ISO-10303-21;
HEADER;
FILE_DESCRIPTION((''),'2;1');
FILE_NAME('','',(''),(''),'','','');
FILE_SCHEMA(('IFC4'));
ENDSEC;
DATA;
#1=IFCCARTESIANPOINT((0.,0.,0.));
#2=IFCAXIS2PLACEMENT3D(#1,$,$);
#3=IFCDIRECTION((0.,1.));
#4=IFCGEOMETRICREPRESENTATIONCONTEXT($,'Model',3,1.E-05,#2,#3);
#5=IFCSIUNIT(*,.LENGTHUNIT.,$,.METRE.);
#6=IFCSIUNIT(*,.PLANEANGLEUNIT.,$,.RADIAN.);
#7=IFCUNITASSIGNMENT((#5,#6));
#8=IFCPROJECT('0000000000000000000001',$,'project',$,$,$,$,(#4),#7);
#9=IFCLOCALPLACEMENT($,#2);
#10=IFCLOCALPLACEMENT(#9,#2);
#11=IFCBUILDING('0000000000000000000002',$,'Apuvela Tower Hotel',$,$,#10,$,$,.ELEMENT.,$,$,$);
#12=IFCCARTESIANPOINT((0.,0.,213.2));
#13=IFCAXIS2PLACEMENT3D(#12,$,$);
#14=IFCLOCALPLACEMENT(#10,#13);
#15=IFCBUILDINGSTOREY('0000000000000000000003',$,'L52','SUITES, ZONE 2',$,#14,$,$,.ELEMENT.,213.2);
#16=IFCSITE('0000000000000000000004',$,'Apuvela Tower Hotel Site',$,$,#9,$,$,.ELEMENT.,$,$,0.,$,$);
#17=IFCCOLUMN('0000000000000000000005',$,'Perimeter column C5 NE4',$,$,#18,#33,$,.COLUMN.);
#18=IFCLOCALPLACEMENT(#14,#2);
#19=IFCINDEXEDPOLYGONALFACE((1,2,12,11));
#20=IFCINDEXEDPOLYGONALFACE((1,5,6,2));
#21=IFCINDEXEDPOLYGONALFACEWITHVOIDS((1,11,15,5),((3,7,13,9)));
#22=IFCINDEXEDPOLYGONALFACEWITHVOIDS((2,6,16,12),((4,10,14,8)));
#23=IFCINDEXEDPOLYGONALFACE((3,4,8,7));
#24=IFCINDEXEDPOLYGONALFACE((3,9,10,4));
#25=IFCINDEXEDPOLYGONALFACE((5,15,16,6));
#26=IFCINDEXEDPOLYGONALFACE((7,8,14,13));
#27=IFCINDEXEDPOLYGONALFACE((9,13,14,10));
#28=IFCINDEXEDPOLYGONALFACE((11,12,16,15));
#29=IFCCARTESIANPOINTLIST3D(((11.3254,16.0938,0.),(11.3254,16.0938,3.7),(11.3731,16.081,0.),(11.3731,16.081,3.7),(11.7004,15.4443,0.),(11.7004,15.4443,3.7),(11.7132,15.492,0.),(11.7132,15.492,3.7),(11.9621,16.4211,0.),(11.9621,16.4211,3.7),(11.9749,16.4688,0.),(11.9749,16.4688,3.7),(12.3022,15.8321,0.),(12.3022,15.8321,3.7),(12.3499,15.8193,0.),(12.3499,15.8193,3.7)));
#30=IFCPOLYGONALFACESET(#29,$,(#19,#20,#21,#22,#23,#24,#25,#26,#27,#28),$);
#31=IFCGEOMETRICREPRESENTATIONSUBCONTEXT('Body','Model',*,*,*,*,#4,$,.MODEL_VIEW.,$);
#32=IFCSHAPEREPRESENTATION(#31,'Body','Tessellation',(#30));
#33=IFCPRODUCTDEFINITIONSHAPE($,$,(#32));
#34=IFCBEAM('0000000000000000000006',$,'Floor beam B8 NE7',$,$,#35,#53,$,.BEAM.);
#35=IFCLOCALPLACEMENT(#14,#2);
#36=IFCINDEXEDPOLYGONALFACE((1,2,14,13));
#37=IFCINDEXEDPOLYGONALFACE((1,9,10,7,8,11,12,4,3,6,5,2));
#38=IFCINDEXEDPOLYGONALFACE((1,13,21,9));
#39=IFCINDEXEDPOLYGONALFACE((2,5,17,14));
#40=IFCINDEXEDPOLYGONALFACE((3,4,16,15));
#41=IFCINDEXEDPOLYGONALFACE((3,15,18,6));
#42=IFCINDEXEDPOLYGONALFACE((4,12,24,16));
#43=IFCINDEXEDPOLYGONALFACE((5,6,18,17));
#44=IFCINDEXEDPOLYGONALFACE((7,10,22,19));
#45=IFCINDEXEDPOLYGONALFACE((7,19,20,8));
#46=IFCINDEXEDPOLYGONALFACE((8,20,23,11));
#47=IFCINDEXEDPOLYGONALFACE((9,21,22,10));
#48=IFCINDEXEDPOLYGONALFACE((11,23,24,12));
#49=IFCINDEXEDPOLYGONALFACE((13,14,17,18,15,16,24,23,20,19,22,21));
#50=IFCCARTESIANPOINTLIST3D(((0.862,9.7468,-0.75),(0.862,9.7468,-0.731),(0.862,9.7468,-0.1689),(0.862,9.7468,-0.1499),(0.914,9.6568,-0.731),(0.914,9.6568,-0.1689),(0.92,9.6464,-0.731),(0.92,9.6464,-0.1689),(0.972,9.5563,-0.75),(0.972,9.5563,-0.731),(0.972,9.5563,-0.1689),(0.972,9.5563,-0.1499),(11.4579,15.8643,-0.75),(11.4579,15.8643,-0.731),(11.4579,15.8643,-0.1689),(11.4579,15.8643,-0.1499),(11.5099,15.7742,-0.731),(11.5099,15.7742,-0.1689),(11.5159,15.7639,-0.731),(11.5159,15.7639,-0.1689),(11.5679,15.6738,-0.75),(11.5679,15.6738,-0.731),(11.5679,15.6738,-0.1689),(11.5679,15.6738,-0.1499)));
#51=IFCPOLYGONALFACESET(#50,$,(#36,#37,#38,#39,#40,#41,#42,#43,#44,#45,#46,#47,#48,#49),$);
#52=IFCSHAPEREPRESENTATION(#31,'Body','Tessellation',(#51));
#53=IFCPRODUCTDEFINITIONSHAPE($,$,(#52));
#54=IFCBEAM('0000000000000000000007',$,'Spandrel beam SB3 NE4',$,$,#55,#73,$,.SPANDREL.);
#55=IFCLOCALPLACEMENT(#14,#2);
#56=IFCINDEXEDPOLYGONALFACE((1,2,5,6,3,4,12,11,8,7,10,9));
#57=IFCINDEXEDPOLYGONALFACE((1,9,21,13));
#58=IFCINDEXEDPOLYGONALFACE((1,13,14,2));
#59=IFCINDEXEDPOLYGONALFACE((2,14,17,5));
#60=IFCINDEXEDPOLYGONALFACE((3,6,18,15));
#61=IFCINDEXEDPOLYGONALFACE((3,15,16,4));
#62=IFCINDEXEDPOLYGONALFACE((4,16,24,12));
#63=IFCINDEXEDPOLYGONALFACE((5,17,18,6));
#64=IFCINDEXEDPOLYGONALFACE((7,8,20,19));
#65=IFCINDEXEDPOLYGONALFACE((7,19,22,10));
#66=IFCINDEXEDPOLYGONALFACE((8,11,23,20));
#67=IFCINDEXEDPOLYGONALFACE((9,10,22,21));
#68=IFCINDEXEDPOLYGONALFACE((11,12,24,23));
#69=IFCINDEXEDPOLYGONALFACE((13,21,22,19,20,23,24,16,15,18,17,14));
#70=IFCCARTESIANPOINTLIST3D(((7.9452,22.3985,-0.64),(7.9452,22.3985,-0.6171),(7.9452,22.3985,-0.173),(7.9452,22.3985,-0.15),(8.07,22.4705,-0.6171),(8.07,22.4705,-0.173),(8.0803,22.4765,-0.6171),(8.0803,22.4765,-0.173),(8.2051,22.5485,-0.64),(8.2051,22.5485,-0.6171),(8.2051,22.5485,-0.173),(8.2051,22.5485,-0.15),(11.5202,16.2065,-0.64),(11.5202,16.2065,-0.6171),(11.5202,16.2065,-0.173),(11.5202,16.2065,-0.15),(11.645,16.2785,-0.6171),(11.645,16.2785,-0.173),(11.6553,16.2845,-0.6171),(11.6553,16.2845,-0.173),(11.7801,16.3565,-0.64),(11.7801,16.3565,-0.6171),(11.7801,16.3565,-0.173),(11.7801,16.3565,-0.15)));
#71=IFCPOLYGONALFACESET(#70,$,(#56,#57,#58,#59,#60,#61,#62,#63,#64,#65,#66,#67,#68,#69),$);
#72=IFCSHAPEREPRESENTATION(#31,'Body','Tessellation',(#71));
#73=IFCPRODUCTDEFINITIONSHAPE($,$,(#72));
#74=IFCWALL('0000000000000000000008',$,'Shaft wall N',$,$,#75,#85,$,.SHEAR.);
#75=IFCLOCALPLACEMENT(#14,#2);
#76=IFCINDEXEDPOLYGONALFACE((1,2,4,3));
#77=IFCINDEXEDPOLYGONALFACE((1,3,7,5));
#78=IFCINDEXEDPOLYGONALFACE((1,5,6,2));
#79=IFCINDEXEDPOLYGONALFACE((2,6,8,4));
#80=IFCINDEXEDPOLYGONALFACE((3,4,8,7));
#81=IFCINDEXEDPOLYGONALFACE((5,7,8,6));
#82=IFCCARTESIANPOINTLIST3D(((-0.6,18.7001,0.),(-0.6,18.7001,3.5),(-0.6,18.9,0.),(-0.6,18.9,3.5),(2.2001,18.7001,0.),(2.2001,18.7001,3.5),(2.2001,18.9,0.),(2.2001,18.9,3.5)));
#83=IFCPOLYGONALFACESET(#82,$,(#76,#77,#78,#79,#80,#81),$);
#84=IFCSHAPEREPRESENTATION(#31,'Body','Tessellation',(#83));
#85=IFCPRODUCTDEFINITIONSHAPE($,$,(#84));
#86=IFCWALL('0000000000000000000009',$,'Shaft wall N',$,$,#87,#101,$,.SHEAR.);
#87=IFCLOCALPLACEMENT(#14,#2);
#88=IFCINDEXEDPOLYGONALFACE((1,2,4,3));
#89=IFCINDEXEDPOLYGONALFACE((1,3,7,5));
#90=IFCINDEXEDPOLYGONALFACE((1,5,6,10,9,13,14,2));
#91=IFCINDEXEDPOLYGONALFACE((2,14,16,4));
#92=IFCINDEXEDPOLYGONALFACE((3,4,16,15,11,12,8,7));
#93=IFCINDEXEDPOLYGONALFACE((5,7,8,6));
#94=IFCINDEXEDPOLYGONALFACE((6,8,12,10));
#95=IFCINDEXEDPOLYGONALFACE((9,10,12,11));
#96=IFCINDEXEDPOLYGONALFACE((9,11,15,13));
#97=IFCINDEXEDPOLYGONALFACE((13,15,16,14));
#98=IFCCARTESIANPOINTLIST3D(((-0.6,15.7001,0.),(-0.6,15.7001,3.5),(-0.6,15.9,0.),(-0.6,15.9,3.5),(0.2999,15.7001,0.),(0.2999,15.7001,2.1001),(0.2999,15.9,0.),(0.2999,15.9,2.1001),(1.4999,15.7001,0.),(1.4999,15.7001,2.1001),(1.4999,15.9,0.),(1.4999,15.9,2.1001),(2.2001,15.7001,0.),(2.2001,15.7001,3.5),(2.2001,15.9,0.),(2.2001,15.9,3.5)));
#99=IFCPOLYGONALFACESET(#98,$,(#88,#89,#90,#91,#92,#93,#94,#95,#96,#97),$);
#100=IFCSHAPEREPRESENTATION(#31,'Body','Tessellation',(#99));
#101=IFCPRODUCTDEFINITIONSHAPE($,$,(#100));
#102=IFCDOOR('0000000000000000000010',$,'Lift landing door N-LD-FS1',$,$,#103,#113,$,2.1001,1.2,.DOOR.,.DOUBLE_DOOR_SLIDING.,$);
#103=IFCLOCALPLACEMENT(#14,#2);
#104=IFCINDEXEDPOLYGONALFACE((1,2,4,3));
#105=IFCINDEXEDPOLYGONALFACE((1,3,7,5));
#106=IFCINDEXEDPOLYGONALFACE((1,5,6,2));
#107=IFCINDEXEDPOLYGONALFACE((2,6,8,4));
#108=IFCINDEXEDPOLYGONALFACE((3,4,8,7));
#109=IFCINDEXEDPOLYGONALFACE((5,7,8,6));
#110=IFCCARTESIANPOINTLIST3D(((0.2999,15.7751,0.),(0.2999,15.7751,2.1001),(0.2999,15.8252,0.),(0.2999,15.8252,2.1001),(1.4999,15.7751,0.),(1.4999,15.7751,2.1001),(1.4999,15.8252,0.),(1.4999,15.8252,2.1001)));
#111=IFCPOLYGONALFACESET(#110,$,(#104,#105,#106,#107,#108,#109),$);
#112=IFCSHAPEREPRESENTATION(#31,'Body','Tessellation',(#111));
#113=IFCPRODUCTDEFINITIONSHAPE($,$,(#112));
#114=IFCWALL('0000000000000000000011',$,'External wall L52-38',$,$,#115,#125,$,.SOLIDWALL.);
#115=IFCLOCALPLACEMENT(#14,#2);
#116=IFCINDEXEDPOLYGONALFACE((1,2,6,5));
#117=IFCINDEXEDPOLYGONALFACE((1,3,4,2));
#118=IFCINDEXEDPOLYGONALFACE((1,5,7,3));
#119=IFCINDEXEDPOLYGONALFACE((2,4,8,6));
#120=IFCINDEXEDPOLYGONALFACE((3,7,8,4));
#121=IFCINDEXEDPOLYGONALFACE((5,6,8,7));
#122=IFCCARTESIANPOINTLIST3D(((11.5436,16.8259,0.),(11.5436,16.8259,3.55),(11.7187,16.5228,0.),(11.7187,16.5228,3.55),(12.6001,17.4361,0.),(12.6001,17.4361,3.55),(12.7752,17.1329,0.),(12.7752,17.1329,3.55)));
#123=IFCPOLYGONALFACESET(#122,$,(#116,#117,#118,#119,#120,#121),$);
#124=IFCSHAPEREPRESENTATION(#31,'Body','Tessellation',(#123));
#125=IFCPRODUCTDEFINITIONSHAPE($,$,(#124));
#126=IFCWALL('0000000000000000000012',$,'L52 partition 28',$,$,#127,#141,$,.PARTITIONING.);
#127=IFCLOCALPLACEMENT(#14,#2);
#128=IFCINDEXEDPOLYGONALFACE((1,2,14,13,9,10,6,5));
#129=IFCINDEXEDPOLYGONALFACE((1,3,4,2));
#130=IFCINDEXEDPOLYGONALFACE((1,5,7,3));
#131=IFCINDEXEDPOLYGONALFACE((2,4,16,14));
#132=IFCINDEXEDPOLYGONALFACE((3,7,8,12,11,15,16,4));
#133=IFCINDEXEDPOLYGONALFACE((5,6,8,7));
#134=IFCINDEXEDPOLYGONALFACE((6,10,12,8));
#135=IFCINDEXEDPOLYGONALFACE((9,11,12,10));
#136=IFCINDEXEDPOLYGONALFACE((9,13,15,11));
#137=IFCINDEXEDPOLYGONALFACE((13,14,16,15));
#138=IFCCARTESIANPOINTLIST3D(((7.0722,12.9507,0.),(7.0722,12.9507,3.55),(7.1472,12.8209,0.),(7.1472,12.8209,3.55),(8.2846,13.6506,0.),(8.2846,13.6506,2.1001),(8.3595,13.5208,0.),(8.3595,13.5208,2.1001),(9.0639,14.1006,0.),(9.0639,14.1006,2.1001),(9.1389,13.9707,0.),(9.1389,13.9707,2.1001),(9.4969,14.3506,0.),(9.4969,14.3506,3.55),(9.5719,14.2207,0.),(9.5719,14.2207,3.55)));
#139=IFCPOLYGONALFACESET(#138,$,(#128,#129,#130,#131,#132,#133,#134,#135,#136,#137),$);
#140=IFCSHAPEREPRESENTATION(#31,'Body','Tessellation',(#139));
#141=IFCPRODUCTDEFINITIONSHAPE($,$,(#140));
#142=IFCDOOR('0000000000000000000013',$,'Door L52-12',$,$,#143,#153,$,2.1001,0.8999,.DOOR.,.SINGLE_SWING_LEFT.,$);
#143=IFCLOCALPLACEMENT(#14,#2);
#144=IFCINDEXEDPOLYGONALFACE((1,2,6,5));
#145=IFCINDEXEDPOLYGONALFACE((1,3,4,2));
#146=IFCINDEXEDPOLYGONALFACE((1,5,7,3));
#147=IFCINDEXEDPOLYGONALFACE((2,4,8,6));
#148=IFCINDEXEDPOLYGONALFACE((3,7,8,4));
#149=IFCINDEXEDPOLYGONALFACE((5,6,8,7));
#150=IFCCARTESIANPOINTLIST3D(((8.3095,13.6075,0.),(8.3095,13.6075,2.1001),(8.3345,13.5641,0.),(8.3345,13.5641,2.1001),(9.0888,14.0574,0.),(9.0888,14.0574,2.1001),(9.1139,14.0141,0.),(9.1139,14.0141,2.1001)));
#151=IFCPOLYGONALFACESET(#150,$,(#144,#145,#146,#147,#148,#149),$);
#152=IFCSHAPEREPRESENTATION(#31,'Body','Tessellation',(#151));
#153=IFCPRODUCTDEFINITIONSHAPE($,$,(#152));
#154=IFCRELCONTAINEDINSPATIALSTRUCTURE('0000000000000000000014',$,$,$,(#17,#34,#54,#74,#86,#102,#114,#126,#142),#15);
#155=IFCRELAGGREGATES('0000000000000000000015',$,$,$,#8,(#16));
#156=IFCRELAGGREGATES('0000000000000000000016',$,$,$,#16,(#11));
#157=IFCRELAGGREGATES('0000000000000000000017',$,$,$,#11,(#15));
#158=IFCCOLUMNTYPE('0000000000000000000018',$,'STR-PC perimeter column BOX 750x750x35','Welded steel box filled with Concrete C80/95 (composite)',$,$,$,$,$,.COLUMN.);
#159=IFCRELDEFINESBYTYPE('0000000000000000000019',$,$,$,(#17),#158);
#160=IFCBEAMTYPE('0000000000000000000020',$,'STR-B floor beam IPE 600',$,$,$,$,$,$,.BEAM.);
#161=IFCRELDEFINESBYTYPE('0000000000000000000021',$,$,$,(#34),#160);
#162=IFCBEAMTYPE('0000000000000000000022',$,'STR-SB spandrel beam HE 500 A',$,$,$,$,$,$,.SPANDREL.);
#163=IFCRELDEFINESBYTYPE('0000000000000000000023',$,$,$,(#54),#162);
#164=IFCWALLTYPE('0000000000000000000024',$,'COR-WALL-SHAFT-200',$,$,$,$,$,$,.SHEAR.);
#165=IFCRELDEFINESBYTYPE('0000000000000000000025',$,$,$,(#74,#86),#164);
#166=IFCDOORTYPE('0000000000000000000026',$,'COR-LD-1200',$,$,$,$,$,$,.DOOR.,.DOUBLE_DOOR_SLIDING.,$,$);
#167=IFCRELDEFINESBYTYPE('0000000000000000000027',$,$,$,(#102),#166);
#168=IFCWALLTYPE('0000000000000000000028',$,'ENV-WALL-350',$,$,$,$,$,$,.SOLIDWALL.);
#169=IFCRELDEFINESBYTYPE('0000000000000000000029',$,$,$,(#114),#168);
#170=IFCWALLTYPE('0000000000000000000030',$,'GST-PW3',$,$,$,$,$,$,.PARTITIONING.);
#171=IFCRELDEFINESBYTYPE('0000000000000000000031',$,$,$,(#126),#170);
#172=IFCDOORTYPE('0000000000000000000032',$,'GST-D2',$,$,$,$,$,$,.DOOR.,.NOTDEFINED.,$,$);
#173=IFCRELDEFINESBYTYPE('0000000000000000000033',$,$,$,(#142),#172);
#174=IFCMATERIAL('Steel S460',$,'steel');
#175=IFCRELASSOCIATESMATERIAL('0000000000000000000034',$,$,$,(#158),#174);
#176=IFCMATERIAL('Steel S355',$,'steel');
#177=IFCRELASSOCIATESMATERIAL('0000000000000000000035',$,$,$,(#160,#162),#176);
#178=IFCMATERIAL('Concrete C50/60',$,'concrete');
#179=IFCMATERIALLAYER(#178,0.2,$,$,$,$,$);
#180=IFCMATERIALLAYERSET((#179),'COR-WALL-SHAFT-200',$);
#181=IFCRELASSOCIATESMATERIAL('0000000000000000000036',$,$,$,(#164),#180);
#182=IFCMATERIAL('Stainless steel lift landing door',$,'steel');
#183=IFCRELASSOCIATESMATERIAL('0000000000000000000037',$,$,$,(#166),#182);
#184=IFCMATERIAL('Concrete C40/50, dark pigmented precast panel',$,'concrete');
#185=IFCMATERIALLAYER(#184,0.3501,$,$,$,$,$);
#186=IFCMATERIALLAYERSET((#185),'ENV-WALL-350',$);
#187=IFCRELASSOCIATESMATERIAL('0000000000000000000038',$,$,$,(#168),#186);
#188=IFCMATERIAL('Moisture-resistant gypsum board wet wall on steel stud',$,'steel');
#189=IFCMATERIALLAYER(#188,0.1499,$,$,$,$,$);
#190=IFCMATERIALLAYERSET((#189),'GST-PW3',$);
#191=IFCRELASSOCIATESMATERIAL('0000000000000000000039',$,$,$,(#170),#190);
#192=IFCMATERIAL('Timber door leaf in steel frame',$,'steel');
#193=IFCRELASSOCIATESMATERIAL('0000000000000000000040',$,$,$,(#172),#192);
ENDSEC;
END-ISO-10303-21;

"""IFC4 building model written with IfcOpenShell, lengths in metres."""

from ifc_helpers import new_model, si_unit, direction, frame, frame_2d, origin, origin_2d, place, context, subcontext, project, spatial, rectangle, hollow_rectangle, i_section, extrude, material, layer, layer_set, material_profile, profile_set, type_object, element, fill, save


model = new_model("IFC4")

# Units and contexts
model_context = context("Model", 3, precision=1e-05, world=origin(), true_north=direction((0.0, 1.0)))
body_context = subcontext(model_context, "Body", "Model", "MODEL_VIEW")
ifc_project = project(units=[si_unit("LENGTHUNIT", "METRE"), si_unit("PLANEANGLEUNIT", "RADIAN")], contexts=[model_context])

# Site, building, storey
site_placement = place(None, origin())
site = spatial("IfcSite", under=ifc_project, at=site_placement, Name="Apuvela Tower Hotel Site", CompositionType="ELEMENT", RefElevation=0.0)
building_placement = place(site_placement, origin())
building = spatial("IfcBuilding", under=site, at=building_placement, Name="Apuvela Tower Hotel", CompositionType="ELEMENT")
storey_placement = place(building_placement, frame((0.0, 0.0, 213.2)))
storey = spatial("IfcBuildingStorey", under=building, at=storey_placement, Name="L52", Description="SUITES, ZONE 2", CompositionType="ELEMENT", Elevation=213.2)

# Column
ifc_material_1 = material(Name="Steel S460", Category="steel")
ifc_material_profile_1 = material_profile(ifc_material_1, hollow_rectangle(XDim=0.75, YDim=0.75, WallThickness=0.0349, at=origin_2d()), Name="BOX 750x750x35")
ifc_material_2 = material(Name="Concrete C80/95", Category="concrete")
ifc_material_profile_2 = material_profile(ifc_material_2, rectangle(XDim=0.6799, YDim=0.6799, at=origin_2d()), Name="Concrete C80/95 infill")
ifc_profile_set_1 = profile_set([ifc_material_profile_1, ifc_material_profile_2], Name="Steel S460")
column_type = type_object("IfcColumnType", Name="STR-PC perimeter column BOX 750x750x35", Description="Welded steel box filled with Concrete C80/95 (composite)", PredefinedType="COLUMN", material=ifc_profile_set_1)
column_placement = place(storey_placement, frame((11.8376, 15.9565, 0.0), z_axis=(0.0, 0.0, 1.0), x_axis=(-0.5, 0.866025, 0.0)))
element("IfcColumn", 1, at=column_placement, inside=storey, type_object=column_type, Name="Perimeter column C5 NE4", PredefinedType="COLUMN", context=body_context, shape_type="SweptSolid", body=[
    extrude(hollow_rectangle(XDim=0.75, YDim=0.75, WallThickness=0.0349, at=origin_2d()), origin(), (0.0, 0.0, 1.0), 3.7),
])

# Beams
ifc_material_3 = material(Name="Steel S355", Category="steel")
ifc_material_profile_3 = material_profile(ifc_material_3, i_section(OverallWidth=0.22, OverallDepth=0.6001, WebThickness=0.012, FlangeThickness=0.019, at=origin_2d()), Name="IPE 600")
ifc_profile_set_2 = profile_set([ifc_material_profile_3], Name="Steel S355")
beam_type_1 = type_object("IfcBeamType", Name="STR-B floor beam IPE 600", PredefinedType="BEAM", material=ifc_profile_set_2)
beam_1_placement = place(storey_placement, frame((11.5129, 15.769, -0.45), z_axis=(-0.86603, -0.499991, 0.0), x_axis=(0.499991, -0.86603, 0.0)))
element("IfcBeam", 2, at=beam_1_placement, inside=storey, type_object=beam_type_1, Name="Floor beam B8 NE7", PredefinedType="BEAM", context=body_context, shape_type="SweptSolid", body=[
    extrude(i_section(OverallWidth=0.22, OverallDepth=0.6001, WebThickness=0.012, FlangeThickness=0.019, at=origin_2d()), origin(), (0.0, 0.0, 1.0), 12.2351),
])
ifc_material_profile_4 = material_profile(ifc_material_3, i_section(OverallWidth=0.3, OverallDepth=0.49, WebThickness=0.012, FlangeThickness=0.0229, at=origin_2d()), Name="HE 500 A")
ifc_profile_set_3 = profile_set([ifc_material_profile_4], Name="Steel S355")
beam_type_2 = type_object("IfcBeamType", Name="STR-SB spandrel beam HE 500 A", PredefinedType="SPANDREL", material=ifc_profile_set_3)
beam_2_placement = place(storey_placement, frame((11.6501, 16.2815, -0.395), z_axis=(-0.500006, 0.866022, 0.0), x_axis=(-0.866022, -0.500006, 0.0)))
element("IfcBeam", 3, at=beam_2_placement, inside=storey, type_object=beam_type_2, Name="Spandrel beam SB3 NE4", PredefinedType="SPANDREL", context=body_context, shape_type="SweptSolid", body=[
    extrude(i_section(OverallWidth=0.3, OverallDepth=0.49, WebThickness=0.012, FlangeThickness=0.0229, at=origin_2d()), origin(), (0.0, 0.0, 1.0), 7.1499),
])

# Wall
ifc_material_4 = material(Name="Concrete C50/60", Category="concrete")
ifc_layer_1 = layer(ifc_material_4, 0.2)
ifc_layer_set_1 = layer_set([ifc_layer_1], Name="COR-WALL-SHAFT-200")
wall_type_1 = type_object("IfcWallType", Name="COR-WALL-SHAFT-200", PredefinedType="SHEAR", material=ifc_layer_set_1)
wall_1_placement = place(storey_placement, frame((2.2, 18.8, 0.0), z_axis=(0.0, 0.0, 1.0), x_axis=(-1.0, 0.0, 0.0)))
element("IfcWall", 4, at=wall_1_placement, inside=storey, type_object=wall_type_1, Name="Shaft wall N", PredefinedType="SHEAR", context=body_context, shape_type="SweptSolid", body=[
    extrude(rectangle(XDim=2.8, YDim=0.2, at=frame_2d((1.3999, 0.0))), origin(), (0.0, 0.0, 1.0), 3.5),
])

# Wall, opening, door
wall_2_placement = place(storey_placement, frame((2.2, 15.8, 0.0), z_axis=(0.0, 0.0, 1.0), x_axis=(-1.0, 0.0, 0.0)))
wall_2 = element("IfcWall", 5, at=wall_2_placement, inside=storey, type_object=wall_type_1, Name="Shaft wall N", PredefinedType="SHEAR", context=body_context, shape_type="SweptSolid", body=[
    extrude(rectangle(XDim=2.8, YDim=0.2, at=frame_2d((1.3999, 0.0))), origin(), (0.0, 0.0, 1.0), 3.5),
])
opening_1_placement = place(wall_2_placement, frame((0.7, 0.0, 0.0)))
opening_1 = element("IfcOpeningElement", 6, at=opening_1_placement, cuts=wall_2, PredefinedType="OPENING", context=body_context, shape_type="SweptSolid", body=[
    extrude(rectangle(XDim=1.2, YDim=2.1001, at=frame_2d((0.6001, 1.05))), frame((0.0, 0.1099, 0.0), z_axis=(0.0, -1.0, 0.0), x_axis=(1.0, 0.0, 0.0)), (0.0, 0.0, 1.0), 0.22),
])
ifc_material_5 = material(Name="Stainless steel lift landing door", Category="steel")
door_type_1 = type_object("IfcDoorType", Name="COR-LD-1200", OperationType="DOUBLE_DOOR_SLIDING", PredefinedType="DOOR", material=ifc_material_5)
door_1_placement = place(opening_1_placement, origin())
door_1 = element("IfcDoor", 7, at=door_1_placement, inside=storey, type_object=door_type_1, Name="Lift landing door N-LD-FS1", OperationType="DOUBLE_DOOR_SLIDING", OverallHeight=2.1001, OverallWidth=1.2, PredefinedType="DOOR", context=body_context, shape_type="SweptSolid", body=[
    extrude(rectangle(XDim=1.2, YDim=2.1001, at=frame_2d((0.6001, 1.05))), frame((0.0, 0.0249, 0.0), z_axis=(0.0, -1.0, 0.0), x_axis=(1.0, 0.0, 0.0)), (0.0, 0.0, 1.0), 0.05),
])
fill(opening_1, door_1)

# Wall
ifc_material_6 = material(Name="Concrete C40/50, dark pigmented precast panel", Category="concrete")
ifc_layer_2 = layer(ifc_material_6, 0.3501)
ifc_layer_set_2 = layer_set([ifc_layer_2], Name="ENV-WALL-350")
wall_type_2 = type_object("IfcWallType", Name="ENV-WALL-350", PredefinedType="SOLIDWALL", material=ifc_layer_set_2)
wall_3_placement = place(storey_placement, frame((12.6875, 17.2844, 0.0), z_axis=(0.0, 0.0, 1.0), x_axis=(-0.865956, -0.500121, 0.0)))
element("IfcWall", 8, at=wall_3_placement, inside=storey, type_object=wall_type_2, Name="External wall L52-38", PredefinedType="SOLIDWALL", context=body_context, shape_type="SweptSolid", body=[
    extrude(rectangle(XDim=1.22, YDim=0.3501, at=frame_2d((0.6099, 0.0))), origin(), (0.0, 0.0, 1.0), 3.55),
])

# Wall, opening, door
ifc_material_7 = material(Name="Moisture-resistant gypsum board wet wall on steel stud", Category="steel")
ifc_layer_3 = layer(ifc_material_7, 0.1499)
ifc_layer_set_3 = layer_set([ifc_layer_3], Name="GST-PW3")
wall_type_3 = type_object("IfcWallType", Name="GST-PW3", PredefinedType="PARTITIONING", material=ifc_layer_set_3)
wall_4_placement = place(storey_placement, frame((9.5344, 14.2856, 0.0), z_axis=(0.0, 0.0, 1.0), x_axis=(-0.866035, -0.499984, 0.0)))
wall_4 = element("IfcWall", 9, at=wall_4_placement, inside=storey, type_object=wall_type_3, Name="L52 partition 28", PredefinedType="PARTITIONING", context=body_context, shape_type="SweptSolid", body=[
    extrude(rectangle(XDim=2.7998, YDim=0.1499, at=frame_2d((1.3999, 0.0))), origin(), (0.0, 0.0, 1.0), 3.55),
])
opening_2_placement = place(wall_4_placement, frame((0.5, 0.0, 0.0)))
opening_2 = element("IfcOpeningElement", 10, at=opening_2_placement, cuts=wall_4, PredefinedType="OPENING", context=body_context, shape_type="SweptSolid", body=[
    extrude(rectangle(XDim=0.8999, YDim=2.1001, at=frame_2d((0.45, 1.05))), frame((0.0, 0.085, 0.0), z_axis=(0.0, -1.0, 0.0), x_axis=(1.0, 0.0, 0.0)), (0.0, 0.0, 1.0), 0.1699),
])
ifc_material_8 = material(Name="Timber door leaf in steel frame", Category="steel")
door_type_2 = type_object("IfcDoorType", Name="GST-D2", OperationType="NOTDEFINED", PredefinedType="DOOR", material=ifc_material_8)
door_2_placement = place(opening_2_placement, origin())
door_2 = element("IfcDoor", 11, at=door_2_placement, inside=storey, type_object=door_type_2, Name="Door L52-12", OperationType="SINGLE_SWING_LEFT", OverallHeight=2.1001, OverallWidth=0.8999, PredefinedType="DOOR", context=body_context, shape_type="SweptSolid", body=[
    extrude(rectangle(XDim=0.8999, YDim=2.1001, at=frame_2d((0.45, 1.05))), frame((0.0, 0.0249, 0.0), z_axis=(0.0, -1.0, 0.0), x_axis=(1.0, 0.0, 0.0)), (0.0, 0.0, 1.0), 0.05),
])
fill(opening_2, door_2)

save(model, "model.ifc")
